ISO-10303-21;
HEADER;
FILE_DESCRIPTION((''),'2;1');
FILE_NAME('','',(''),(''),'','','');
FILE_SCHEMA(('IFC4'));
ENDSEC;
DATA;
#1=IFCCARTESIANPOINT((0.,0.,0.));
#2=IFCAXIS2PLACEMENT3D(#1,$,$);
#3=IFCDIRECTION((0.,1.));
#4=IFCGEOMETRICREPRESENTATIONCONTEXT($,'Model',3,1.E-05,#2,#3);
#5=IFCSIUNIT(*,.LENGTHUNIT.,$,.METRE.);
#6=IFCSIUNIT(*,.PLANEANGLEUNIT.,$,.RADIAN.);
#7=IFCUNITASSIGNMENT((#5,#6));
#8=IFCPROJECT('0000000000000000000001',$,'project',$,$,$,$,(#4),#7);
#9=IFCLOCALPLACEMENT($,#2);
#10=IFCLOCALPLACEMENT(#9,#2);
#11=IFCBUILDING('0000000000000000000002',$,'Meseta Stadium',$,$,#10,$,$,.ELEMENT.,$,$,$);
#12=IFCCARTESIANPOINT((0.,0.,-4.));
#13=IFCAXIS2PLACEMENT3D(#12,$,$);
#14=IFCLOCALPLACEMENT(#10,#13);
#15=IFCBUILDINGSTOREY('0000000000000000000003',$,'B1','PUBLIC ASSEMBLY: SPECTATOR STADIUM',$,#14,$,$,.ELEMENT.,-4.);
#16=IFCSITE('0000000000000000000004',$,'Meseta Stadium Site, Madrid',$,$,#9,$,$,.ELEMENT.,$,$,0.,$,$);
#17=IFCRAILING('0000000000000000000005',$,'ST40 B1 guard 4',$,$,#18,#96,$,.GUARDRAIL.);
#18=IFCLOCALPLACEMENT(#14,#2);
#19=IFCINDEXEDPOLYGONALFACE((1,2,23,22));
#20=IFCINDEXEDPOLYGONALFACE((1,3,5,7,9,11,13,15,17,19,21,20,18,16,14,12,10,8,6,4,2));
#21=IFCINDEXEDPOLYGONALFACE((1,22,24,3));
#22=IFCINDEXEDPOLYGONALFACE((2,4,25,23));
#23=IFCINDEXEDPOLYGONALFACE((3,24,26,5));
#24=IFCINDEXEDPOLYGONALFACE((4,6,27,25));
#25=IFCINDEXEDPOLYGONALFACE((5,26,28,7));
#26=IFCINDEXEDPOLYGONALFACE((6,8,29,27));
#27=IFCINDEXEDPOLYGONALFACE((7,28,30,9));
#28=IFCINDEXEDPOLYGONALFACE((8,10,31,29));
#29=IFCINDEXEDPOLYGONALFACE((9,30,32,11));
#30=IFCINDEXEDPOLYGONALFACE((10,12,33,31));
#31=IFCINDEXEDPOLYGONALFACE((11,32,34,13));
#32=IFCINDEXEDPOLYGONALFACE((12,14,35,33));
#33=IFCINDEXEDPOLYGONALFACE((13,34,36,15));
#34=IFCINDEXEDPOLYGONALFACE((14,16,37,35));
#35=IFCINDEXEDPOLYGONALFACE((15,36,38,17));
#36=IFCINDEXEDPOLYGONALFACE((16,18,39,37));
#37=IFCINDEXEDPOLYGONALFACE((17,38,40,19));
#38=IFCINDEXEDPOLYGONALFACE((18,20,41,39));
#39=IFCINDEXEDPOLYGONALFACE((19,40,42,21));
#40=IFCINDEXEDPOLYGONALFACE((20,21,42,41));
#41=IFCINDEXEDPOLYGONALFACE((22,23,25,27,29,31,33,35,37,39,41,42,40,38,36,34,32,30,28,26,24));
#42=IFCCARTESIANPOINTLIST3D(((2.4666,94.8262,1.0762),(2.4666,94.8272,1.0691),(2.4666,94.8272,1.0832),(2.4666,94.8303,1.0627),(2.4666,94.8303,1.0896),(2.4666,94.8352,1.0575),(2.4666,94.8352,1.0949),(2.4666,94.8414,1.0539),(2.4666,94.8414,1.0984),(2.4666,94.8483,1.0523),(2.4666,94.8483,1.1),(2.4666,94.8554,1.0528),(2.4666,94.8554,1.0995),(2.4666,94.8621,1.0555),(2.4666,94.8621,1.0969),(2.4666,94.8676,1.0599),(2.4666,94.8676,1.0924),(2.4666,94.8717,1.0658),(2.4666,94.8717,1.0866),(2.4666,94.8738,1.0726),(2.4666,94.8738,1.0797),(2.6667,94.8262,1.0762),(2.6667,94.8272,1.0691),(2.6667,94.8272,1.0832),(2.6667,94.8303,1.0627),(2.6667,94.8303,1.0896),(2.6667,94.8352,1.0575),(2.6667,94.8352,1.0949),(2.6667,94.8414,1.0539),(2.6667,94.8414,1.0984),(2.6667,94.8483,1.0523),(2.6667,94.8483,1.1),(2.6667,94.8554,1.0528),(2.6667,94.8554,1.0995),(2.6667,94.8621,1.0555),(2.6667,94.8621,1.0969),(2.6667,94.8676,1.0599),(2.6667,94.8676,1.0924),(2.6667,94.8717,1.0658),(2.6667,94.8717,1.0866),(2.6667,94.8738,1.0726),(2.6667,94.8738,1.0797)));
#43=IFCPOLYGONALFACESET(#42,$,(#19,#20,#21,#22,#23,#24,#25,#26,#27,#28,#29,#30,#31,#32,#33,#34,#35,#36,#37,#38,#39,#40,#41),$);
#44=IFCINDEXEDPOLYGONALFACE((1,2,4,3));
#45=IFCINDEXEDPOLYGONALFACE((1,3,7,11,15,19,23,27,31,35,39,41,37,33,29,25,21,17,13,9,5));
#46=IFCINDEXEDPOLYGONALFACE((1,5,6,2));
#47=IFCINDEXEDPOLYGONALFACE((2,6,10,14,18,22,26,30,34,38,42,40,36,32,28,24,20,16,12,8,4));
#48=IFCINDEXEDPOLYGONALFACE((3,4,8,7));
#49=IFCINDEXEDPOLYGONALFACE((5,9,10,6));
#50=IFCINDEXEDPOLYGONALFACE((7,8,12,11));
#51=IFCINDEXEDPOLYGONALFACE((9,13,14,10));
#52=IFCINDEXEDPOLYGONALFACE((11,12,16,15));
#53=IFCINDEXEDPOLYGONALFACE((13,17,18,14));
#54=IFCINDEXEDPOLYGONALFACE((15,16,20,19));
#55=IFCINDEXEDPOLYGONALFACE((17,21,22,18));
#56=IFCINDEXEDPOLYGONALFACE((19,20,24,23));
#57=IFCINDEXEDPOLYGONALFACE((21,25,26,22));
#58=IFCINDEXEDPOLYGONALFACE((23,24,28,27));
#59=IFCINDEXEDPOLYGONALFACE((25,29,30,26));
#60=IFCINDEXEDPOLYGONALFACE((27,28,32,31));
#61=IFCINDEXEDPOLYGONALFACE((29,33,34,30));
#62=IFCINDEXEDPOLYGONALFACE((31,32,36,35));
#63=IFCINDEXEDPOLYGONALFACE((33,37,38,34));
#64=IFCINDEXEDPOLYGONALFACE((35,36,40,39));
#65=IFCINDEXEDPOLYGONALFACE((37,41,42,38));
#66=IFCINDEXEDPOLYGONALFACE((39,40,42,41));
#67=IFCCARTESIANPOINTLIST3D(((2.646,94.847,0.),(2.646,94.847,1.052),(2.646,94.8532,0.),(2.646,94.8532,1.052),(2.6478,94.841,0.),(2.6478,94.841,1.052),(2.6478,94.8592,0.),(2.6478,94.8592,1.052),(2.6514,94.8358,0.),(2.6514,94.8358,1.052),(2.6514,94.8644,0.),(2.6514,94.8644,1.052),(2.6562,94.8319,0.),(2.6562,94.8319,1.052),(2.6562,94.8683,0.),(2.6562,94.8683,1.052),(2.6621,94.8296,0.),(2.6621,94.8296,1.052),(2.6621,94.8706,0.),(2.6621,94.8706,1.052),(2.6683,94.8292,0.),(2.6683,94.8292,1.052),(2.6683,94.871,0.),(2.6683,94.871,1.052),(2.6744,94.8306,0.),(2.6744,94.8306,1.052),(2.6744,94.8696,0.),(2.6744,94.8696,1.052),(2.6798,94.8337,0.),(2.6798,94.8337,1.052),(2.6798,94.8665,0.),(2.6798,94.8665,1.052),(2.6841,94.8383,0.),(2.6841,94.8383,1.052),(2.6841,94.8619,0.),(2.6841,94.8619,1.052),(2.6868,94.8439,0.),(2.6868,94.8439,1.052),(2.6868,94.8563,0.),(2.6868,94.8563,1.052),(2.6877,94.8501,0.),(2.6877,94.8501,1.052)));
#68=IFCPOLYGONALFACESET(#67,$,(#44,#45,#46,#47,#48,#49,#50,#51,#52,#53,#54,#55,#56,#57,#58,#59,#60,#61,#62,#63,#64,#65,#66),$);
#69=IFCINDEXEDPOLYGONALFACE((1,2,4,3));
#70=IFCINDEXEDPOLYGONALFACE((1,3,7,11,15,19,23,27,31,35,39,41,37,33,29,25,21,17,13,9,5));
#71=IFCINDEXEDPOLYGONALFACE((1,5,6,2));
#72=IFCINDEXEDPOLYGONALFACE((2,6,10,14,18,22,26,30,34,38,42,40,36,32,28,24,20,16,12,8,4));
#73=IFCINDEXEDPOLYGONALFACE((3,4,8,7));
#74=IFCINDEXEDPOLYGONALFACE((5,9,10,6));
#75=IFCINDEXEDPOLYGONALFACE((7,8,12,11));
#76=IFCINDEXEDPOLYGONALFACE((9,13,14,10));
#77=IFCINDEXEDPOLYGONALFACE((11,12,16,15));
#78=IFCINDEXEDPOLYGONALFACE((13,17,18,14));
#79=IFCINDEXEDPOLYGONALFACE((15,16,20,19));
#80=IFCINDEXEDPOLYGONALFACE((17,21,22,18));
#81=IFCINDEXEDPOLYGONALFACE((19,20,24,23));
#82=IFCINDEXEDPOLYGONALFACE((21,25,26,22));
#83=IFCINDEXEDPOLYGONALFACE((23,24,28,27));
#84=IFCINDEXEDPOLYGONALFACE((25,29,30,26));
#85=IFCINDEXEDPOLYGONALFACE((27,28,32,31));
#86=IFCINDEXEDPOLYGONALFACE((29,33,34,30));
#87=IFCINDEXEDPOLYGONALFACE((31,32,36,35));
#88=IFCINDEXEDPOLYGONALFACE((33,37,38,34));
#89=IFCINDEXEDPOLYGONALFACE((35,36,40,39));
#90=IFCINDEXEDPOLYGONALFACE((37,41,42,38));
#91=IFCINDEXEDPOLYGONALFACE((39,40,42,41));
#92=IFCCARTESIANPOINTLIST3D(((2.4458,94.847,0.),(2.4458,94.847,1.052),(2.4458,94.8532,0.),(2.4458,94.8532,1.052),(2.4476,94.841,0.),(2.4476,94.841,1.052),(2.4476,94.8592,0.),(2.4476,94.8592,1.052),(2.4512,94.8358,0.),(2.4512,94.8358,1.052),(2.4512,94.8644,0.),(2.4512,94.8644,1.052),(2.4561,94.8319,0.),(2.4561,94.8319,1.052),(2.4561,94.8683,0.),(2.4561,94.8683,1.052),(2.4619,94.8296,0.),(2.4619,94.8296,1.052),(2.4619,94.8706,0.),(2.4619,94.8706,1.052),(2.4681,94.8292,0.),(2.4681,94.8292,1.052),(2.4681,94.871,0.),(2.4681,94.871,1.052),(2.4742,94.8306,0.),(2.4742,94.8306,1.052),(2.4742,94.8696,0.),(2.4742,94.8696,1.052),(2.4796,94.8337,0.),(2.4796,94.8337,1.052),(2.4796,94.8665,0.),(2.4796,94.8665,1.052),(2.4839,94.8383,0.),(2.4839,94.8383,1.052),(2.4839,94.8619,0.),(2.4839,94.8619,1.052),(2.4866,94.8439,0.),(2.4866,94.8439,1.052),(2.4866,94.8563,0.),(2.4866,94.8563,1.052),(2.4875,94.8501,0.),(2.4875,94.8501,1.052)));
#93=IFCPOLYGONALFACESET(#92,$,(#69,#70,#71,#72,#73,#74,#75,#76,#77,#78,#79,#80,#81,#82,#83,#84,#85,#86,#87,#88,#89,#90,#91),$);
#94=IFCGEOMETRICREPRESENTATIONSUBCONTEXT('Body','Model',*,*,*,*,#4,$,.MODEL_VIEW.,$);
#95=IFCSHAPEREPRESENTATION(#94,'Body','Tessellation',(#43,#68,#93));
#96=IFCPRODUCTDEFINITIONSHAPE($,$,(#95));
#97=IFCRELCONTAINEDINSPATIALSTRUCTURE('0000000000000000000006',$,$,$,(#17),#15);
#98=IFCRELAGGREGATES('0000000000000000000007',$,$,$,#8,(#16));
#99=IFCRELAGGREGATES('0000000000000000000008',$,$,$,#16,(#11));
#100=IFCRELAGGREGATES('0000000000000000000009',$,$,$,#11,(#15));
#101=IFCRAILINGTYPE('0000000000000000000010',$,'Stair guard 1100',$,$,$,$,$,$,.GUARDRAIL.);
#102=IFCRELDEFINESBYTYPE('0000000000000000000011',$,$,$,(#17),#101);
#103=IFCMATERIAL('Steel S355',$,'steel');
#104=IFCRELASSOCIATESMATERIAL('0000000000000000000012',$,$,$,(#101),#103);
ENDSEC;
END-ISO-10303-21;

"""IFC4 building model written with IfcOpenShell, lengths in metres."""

from ifc_helpers import new_model, si_unit, direction, frame, origin, origin_2d, place, context, subcontext, project, spatial, circle, extrude, material, type_object, element, save


model = new_model("IFC4")

# Units and contexts
model_context = context("Model", 3, precision=1e-05, world=origin(), true_north=direction((0.0, 1.0)))
body_context = subcontext(model_context, "Body", "Model", "MODEL_VIEW")
ifc_project = project(units=[si_unit("LENGTHUNIT", "METRE"), si_unit("PLANEANGLEUNIT", "RADIAN")], contexts=[model_context])

# Site, building, storey
site_placement = place(None, origin())
site = spatial("IfcSite", under=ifc_project, at=site_placement, Name="Meseta Stadium Site, Madrid", CompositionType="ELEMENT", RefElevation=0.0)
building_placement = place(site_placement, origin())
building = spatial("IfcBuilding", under=site, at=building_placement, Name="Meseta Stadium", CompositionType="ELEMENT")
storey_placement = place(building_placement, frame((0.0, 0.0, -4.0)))
storey = spatial("IfcBuildingStorey", under=building, at=storey_placement, Name="B1", Description="PUBLIC ASSEMBLY: SPECTATOR STADIUM", CompositionType="ELEMENT", Elevation=-4.0)

# Railing
ifc_material_1 = material(Name="Steel S355", Category="steel")
railing_type_1 = type_object("IfcRailingType", Name="Stair guard 1100", PredefinedType="GUARDRAIL", material=ifc_material_1)
railing_1_placement = place(storey_placement, frame((2.6667, 94.8501, 0.0)))
element("IfcRailing", 1, at=railing_1_placement, inside=storey, type_object=railing_type_1, Name="ST40 B1 guard 4", PredefinedType="GUARDRAIL", context=body_context, shape_type="SweptSolid", body=[
    extrude(circle(Radius=0.0239, at=origin_2d()), frame((0.0, 0.0, 1.0762), z_axis=(-1.0, 0.0, 0.0), x_axis=(0.0, -1.0, 0.0)), (0.0, 0.0, 1.0), 0.2002),
    extrude(circle(Radius=0.021, at=origin_2d()), origin(), (0.0, 0.0, 1.0), 1.052),
    extrude(circle(Radius=0.021, at=origin_2d()), frame((-0.2002, 0.0, 0.0)), (0.0, 0.0, 1.0), 1.052),
])

save(model, "model.ifc")
